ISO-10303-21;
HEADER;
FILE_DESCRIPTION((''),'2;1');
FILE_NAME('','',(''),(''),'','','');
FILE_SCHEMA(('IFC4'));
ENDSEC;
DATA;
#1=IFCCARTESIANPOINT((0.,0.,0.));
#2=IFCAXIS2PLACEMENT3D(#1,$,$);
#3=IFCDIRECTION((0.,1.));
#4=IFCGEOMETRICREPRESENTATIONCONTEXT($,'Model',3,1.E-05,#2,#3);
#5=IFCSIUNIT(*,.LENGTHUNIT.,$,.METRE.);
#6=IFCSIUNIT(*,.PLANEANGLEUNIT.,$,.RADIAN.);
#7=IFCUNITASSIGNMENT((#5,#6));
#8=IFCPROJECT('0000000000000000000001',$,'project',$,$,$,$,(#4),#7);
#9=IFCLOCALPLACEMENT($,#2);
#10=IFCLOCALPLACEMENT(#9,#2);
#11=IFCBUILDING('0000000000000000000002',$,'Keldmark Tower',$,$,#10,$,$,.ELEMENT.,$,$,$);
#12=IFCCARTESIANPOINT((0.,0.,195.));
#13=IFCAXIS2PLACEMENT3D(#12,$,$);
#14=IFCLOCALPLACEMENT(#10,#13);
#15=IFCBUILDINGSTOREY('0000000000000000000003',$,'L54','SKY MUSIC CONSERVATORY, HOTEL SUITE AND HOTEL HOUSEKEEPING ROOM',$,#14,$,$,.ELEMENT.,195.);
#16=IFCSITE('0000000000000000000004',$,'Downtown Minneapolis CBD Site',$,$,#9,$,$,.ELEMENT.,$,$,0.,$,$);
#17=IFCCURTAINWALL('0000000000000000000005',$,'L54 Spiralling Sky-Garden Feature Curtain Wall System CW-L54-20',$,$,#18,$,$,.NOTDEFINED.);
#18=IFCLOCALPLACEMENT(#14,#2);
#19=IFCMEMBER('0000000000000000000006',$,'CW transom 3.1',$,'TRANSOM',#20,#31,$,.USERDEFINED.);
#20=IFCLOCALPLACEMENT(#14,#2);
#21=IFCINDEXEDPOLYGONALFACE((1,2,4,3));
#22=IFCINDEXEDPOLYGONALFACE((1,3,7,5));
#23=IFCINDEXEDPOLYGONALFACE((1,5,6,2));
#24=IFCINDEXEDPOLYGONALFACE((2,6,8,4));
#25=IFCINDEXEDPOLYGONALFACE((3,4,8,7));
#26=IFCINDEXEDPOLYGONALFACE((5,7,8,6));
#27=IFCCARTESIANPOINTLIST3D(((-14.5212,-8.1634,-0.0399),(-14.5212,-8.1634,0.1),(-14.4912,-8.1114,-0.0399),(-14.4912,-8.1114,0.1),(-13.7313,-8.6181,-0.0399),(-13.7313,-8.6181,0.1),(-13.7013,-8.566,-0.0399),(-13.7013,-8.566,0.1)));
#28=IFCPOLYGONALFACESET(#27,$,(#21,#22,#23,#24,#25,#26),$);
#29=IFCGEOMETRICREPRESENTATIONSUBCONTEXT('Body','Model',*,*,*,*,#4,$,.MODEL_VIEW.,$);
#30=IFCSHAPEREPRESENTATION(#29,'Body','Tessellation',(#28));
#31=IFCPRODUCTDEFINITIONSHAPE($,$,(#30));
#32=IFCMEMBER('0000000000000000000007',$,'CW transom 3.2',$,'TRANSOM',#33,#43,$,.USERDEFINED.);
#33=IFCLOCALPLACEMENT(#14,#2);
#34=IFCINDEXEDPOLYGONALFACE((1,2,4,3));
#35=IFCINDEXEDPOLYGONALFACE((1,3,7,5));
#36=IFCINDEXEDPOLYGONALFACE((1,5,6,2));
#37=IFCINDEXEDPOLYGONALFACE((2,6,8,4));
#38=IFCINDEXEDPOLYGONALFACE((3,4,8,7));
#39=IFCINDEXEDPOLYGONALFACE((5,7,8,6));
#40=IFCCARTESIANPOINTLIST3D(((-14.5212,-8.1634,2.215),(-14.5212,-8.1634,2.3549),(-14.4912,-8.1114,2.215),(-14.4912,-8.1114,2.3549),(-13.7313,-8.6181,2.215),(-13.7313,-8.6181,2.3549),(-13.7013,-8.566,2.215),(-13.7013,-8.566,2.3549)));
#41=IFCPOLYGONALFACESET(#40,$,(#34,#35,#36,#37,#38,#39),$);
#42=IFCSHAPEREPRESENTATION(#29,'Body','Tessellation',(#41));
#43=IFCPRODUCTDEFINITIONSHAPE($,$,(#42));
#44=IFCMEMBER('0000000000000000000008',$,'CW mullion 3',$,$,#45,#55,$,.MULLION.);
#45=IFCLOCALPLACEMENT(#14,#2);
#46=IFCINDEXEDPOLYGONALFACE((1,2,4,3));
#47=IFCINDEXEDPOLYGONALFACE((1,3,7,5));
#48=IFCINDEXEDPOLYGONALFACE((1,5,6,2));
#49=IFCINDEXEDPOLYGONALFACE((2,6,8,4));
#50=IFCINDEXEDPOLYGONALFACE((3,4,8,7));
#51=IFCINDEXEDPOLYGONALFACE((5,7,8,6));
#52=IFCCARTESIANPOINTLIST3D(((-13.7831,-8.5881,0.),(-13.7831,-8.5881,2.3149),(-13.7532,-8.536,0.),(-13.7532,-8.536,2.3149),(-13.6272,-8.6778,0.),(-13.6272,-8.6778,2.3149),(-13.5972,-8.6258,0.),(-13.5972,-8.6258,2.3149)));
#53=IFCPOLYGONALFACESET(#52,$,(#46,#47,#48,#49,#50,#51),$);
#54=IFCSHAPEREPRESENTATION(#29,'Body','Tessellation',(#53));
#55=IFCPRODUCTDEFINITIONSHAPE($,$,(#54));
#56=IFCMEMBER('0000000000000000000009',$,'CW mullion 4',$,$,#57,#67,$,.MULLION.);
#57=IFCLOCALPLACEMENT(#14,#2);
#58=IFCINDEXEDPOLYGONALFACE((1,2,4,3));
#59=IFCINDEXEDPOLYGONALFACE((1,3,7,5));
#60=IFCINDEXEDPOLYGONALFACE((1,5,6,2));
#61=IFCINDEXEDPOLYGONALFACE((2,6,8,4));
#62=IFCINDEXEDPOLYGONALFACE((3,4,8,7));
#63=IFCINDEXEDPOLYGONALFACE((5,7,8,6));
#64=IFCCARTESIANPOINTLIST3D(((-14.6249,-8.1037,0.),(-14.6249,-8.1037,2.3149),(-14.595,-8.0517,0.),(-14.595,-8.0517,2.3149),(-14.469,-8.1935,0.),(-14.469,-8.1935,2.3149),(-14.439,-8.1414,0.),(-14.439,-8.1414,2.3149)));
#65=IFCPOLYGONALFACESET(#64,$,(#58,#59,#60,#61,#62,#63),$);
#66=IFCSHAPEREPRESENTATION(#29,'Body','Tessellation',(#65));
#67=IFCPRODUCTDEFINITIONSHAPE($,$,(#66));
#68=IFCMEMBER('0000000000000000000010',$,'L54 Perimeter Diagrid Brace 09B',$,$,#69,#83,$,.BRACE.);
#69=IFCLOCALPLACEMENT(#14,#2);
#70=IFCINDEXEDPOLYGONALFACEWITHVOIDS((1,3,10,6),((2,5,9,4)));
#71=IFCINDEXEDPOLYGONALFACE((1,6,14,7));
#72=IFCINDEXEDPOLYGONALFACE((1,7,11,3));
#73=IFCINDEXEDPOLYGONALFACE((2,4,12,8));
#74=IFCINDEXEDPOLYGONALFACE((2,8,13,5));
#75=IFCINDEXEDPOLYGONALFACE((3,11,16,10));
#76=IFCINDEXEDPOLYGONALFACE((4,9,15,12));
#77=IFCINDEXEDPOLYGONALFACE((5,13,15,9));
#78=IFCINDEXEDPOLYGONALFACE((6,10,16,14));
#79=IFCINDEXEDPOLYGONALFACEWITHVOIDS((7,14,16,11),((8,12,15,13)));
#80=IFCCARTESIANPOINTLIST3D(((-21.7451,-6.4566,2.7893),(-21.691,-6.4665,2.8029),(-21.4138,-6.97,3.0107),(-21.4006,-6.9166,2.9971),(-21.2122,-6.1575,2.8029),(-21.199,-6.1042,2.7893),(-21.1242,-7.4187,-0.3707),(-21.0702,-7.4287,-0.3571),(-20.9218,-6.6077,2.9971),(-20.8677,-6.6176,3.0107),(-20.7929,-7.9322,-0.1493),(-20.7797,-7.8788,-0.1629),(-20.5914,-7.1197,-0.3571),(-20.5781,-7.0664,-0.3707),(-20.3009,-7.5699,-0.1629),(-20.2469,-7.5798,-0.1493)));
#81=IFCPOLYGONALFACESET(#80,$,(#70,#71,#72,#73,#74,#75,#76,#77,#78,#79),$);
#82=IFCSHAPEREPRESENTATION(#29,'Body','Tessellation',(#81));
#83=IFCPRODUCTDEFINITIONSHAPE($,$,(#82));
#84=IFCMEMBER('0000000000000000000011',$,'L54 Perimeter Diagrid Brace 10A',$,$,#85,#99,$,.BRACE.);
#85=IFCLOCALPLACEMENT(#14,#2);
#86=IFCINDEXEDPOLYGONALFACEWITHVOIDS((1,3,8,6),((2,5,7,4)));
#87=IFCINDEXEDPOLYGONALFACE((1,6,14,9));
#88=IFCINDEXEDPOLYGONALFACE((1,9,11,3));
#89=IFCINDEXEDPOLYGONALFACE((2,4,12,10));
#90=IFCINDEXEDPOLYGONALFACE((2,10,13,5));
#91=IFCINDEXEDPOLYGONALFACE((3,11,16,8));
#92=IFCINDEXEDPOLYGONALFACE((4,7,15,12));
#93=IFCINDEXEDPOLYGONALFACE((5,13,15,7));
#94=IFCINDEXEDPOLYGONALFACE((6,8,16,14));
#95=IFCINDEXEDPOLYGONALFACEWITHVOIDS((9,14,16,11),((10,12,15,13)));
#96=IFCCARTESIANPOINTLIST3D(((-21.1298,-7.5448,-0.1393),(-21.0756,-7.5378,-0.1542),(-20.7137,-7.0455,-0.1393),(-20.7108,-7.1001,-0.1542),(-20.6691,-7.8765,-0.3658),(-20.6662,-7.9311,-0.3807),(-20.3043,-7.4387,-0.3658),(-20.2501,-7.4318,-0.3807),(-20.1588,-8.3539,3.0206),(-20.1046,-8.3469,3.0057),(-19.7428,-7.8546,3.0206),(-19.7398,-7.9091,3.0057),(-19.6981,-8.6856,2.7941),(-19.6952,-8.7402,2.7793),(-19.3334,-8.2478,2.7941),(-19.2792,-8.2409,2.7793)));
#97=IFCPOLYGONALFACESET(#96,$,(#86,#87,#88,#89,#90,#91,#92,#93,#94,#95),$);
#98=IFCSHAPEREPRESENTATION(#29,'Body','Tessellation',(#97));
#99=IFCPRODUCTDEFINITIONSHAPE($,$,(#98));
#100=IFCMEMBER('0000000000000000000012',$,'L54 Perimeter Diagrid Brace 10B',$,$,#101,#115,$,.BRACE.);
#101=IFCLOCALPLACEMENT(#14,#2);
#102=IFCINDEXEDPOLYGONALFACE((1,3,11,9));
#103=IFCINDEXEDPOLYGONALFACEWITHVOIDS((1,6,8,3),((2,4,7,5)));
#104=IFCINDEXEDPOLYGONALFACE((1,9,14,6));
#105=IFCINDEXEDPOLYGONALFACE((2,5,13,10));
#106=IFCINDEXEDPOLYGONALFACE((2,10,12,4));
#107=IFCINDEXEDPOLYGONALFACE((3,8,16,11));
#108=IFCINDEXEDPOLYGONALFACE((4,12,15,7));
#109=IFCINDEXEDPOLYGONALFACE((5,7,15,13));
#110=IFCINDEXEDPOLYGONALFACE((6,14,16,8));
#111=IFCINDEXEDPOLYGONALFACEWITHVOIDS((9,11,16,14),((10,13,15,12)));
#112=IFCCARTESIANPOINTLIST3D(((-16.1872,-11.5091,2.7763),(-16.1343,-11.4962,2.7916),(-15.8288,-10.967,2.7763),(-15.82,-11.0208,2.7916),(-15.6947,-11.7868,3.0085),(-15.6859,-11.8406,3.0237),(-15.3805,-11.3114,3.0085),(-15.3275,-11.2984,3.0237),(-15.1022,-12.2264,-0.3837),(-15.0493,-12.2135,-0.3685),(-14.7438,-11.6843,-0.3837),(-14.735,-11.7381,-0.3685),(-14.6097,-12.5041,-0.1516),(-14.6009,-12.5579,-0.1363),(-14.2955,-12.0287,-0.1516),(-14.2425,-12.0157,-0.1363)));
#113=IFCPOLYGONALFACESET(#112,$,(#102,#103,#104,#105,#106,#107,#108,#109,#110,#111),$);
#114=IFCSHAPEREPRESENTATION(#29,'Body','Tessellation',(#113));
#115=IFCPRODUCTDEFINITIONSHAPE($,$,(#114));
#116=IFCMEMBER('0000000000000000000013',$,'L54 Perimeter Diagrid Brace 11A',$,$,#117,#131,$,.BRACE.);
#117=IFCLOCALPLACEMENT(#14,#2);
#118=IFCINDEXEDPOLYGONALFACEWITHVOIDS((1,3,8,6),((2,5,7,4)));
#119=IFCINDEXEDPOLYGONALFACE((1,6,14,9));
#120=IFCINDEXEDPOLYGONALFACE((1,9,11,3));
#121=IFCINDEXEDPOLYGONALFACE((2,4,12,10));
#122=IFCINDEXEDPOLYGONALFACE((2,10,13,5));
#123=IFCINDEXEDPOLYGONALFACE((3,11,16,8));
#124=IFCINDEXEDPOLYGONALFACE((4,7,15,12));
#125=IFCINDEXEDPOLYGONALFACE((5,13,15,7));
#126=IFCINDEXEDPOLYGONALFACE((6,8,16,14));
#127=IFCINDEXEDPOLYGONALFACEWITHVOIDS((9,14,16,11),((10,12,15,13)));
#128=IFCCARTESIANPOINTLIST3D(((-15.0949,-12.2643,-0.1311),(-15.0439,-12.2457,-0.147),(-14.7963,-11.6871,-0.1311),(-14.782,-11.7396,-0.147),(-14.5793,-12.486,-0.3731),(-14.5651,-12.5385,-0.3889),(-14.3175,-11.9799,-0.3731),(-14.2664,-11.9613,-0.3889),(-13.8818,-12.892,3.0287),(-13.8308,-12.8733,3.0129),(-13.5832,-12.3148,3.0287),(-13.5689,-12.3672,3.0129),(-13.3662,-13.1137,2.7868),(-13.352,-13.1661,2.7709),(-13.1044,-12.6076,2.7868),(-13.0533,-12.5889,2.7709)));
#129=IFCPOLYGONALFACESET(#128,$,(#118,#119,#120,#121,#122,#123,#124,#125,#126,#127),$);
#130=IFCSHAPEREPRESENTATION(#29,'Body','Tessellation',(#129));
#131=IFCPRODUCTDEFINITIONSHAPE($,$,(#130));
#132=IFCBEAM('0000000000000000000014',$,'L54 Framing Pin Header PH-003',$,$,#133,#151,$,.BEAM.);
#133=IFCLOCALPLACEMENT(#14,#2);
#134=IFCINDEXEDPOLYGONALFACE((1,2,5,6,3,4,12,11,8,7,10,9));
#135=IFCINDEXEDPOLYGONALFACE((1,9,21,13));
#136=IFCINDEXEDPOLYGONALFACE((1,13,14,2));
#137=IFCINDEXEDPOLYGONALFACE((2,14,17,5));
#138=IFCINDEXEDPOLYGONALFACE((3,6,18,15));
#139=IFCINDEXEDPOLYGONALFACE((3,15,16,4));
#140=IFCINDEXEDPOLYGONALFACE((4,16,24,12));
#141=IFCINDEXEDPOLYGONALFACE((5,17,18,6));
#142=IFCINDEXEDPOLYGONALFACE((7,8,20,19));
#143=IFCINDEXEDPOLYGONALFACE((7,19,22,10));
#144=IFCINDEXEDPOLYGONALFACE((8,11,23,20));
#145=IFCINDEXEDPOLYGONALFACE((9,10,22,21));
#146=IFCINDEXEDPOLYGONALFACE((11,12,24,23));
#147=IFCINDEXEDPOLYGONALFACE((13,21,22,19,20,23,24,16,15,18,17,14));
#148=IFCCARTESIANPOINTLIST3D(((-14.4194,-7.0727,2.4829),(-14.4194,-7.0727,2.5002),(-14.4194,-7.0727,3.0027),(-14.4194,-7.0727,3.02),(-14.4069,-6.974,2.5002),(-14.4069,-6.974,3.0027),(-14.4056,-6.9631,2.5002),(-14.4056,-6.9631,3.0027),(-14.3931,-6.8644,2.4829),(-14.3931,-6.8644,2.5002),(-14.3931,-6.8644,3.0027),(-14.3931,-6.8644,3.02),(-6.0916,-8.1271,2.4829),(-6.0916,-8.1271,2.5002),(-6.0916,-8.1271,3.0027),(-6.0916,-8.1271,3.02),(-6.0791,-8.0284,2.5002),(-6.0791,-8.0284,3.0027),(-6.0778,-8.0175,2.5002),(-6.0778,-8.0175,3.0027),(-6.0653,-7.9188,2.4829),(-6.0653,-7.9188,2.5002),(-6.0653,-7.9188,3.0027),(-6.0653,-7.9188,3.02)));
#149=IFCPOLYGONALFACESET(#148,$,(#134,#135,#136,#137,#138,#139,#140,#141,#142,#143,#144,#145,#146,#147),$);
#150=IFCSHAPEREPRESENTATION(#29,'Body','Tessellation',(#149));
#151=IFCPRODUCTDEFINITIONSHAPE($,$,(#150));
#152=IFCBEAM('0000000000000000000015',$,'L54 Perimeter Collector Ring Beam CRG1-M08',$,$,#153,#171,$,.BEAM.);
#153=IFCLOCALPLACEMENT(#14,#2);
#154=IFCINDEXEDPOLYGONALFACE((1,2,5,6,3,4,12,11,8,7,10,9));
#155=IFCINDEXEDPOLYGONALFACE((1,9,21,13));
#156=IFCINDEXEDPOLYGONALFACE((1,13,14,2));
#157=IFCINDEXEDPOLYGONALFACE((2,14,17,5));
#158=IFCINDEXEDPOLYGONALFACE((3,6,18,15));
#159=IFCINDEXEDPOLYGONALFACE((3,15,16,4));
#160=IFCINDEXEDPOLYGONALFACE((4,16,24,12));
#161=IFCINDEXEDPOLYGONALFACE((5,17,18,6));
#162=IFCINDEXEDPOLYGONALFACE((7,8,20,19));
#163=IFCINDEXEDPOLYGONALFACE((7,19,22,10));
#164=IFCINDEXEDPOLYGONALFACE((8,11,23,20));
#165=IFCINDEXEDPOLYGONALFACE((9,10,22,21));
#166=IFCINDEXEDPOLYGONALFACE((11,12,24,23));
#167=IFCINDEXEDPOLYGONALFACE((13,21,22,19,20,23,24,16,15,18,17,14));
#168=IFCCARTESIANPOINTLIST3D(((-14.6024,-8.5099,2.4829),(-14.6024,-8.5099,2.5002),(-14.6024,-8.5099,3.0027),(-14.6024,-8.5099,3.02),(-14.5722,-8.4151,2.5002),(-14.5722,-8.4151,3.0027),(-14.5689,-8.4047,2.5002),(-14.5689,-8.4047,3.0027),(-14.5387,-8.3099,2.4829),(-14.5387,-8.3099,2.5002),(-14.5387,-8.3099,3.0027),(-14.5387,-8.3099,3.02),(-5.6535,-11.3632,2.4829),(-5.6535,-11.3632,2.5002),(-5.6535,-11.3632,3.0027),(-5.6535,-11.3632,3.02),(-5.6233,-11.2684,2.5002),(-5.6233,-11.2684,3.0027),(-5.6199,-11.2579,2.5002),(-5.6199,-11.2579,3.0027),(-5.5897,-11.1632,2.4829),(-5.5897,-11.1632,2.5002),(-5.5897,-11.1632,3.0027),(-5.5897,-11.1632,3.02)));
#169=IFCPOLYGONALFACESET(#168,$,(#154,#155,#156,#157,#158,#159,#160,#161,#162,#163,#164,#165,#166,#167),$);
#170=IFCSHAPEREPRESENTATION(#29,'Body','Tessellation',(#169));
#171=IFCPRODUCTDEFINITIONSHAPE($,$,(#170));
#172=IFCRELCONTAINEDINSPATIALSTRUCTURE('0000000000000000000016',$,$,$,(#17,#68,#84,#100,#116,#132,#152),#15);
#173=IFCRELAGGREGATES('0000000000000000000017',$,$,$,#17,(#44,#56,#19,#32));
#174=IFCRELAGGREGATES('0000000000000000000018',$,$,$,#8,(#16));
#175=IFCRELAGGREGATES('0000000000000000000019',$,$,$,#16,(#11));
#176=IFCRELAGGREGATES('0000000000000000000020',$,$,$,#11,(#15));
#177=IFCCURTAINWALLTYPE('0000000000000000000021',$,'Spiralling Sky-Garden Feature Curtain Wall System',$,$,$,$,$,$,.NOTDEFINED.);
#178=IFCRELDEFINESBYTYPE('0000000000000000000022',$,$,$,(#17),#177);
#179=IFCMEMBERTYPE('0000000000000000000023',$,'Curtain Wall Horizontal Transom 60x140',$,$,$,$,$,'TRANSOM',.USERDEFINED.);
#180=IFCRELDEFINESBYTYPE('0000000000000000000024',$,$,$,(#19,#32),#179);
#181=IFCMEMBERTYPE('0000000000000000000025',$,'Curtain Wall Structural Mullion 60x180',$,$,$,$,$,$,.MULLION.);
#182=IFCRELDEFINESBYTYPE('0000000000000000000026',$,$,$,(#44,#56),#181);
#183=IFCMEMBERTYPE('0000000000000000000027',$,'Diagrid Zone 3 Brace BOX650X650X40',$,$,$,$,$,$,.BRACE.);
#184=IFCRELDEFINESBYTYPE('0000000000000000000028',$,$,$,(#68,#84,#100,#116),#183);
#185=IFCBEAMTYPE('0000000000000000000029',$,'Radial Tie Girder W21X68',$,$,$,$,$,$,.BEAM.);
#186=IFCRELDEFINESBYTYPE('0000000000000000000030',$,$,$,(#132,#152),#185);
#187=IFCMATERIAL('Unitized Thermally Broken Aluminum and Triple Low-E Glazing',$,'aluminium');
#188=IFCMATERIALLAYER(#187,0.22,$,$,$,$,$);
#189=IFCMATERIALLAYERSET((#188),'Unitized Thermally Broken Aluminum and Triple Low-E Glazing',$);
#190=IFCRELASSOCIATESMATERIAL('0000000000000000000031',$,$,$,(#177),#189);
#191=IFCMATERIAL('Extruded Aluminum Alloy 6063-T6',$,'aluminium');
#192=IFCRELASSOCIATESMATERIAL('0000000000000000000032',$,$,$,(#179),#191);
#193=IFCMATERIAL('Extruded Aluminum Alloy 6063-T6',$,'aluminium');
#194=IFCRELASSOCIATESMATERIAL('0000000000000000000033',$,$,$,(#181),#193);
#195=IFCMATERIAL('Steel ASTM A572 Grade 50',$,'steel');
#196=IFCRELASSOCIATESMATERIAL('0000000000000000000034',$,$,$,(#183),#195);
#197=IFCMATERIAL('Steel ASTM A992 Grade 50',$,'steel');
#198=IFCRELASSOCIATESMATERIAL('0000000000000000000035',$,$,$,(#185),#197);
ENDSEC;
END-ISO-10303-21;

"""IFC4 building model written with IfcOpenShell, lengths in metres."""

from ifc_helpers import new_model, si_unit, direction, frame, origin, origin_2d, place, context, subcontext, project, spatial, rectangle, hollow_rectangle, i_section, extrude, material, layer, layer_set, material_profile, profile_set, type_object, element, aggregate, save


model = new_model("IFC4")

# Units and contexts
model_context = context("Model", 3, precision=1e-05, world=origin(), true_north=direction((0.0, 1.0)))
body_context = subcontext(model_context, "Body", "Model", "MODEL_VIEW")
ifc_project = project(units=[si_unit("LENGTHUNIT", "METRE"), si_unit("PLANEANGLEUNIT", "RADIAN")], contexts=[model_context])

# Site, building, storey
site_placement = place(None, origin())
site = spatial("IfcSite", under=ifc_project, at=site_placement, Name="Downtown Minneapolis CBD Site", CompositionType="ELEMENT", RefElevation=0.0)
building_placement = place(site_placement, origin())
building = spatial("IfcBuilding", under=site, at=building_placement, Name="Keldmark Tower", CompositionType="ELEMENT")
storey_placement = place(building_placement, frame((0.0, 0.0, 195.0)))
storey = spatial("IfcBuildingStorey", under=building, at=storey_placement, Name="L54", Description="SKY MUSIC CONSERVATORY, HOTEL SUITE AND HOTEL HOUSEKEEPING ROOM", CompositionType="ELEMENT", Elevation=195.0)

# Curtain wall, members
ifc_material_1 = material(Name="Unitized Thermally Broken Aluminum and Triple Low-E Glazing", Category="aluminium")
ifc_layer_1 = layer(ifc_material_1, 0.22)
ifc_layer_set_1 = layer_set([ifc_layer_1], Name="Unitized Thermally Broken Aluminum and Triple Low-E Glazing")
curtain_wall_type = type_object("IfcCurtainWallType", Name="Spiralling Sky-Garden Feature Curtain Wall System", PredefinedType="NOTDEFINED", material=ifc_layer_set_1)
curtain_wall_placement = place(storey_placement, origin())
curtain_wall = element("IfcCurtainWall", 1, at=curtain_wall_placement, inside=storey, type_object=curtain_wall_type, Name="L54 Spiralling Sky-Garden Feature Curtain Wall System CW-L54-20", PredefinedType="NOTDEFINED")
ifc_material_2 = material(Name="Extruded Aluminum Alloy 6063-T6", Category="aluminium")
ifc_material_profile_1 = material_profile(ifc_material_2, rectangle(XDim=0.0601, YDim=0.1399, at=origin_2d()), Name="CWT60X140")
ifc_profile_set_1 = profile_set([ifc_material_profile_1], Name="Extruded Aluminum Alloy 6063-T6")
member_type_1 = type_object("IfcMemberType", Name="Curtain Wall Horizontal Transom 60x140", ElementType="TRANSOM", PredefinedType="USERDEFINED", material=ifc_profile_set_1)
member_1_placement = place(storey_placement, frame((-13.7163, -8.592, 0.03), z_axis=(-0.866689, 0.498849, 0.0), x_axis=(-0.498849, -0.866689, 0.0)))
member_1 = element("IfcMember", 2, at=member_1_placement, type_object=member_type_1, Name="CW transom 3.1", ObjectType="TRANSOM", PredefinedType="USERDEFINED", context=body_context, shape_type="SweptSolid", body=[
    extrude(rectangle(XDim=0.0601, YDim=0.1399, at=origin_2d()), origin(), (0.0, 0.0, 1.0), 0.9114),
])
member_2_placement = place(storey_placement, frame((-13.7163, -8.592, 2.2849), z_axis=(-0.866689, 0.498849, 0.0), x_axis=(-0.498849, -0.866689, 0.0)))
member_2 = element("IfcMember", 3, at=member_2_placement, type_object=member_type_1, Name="CW transom 3.2", ObjectType="TRANSOM", PredefinedType="USERDEFINED", context=body_context, shape_type="SweptSolid", body=[
    extrude(rectangle(XDim=0.0601, YDim=0.1399, at=origin_2d()), origin(), (0.0, 0.0, 1.0), 0.9114),
])
ifc_material_3 = material(Name="Extruded Aluminum Alloy 6063-T6", Category="aluminium")
ifc_material_profile_2 = material_profile(ifc_material_3, rectangle(XDim=0.0601, YDim=0.1799, at=origin_2d()), Name="CWM60X180")
ifc_profile_set_2 = profile_set([ifc_material_profile_2], Name="Extruded Aluminum Alloy 6063-T6")
member_type_2 = type_object("IfcMemberType", Name="Curtain Wall Structural Mullion 60x180", PredefinedType="MULLION", material=ifc_profile_set_2)
member_3_placement = place(storey_placement, frame((-13.6902, -8.6069, 0.0), z_axis=(0.0, 0.0, 1.0), x_axis=(-0.498851, -0.866688, 0.0)))
member_3 = element("IfcMember", 4, at=member_3_placement, type_object=member_type_2, Name="CW mullion 3", PredefinedType="MULLION", context=body_context, shape_type="SweptSolid", body=[
    extrude(rectangle(XDim=0.0601, YDim=0.1799, at=origin_2d()), origin(), (0.0, 0.0, 1.0), 2.3149),
])
member_4_placement = place(storey_placement, frame((-14.532, -8.1226, 0.0), z_axis=(0.0, 0.0, 1.0), x_axis=(-0.498851, -0.866688, 0.0)))
member_4 = element("IfcMember", 5, at=member_4_placement, type_object=member_type_2, Name="CW mullion 4", PredefinedType="MULLION", context=body_context, shape_type="SweptSolid", body=[
    extrude(rectangle(XDim=0.0601, YDim=0.1799, at=origin_2d()), origin(), (0.0, 0.0, 1.0), 2.3149),
])

# Members
ifc_material_4 = material(Name="Steel ASTM A572 Grade 50", Category="steel")
ifc_material_profile_3 = material_profile(ifc_material_4, hollow_rectangle(XDim=0.6499, YDim=0.6499, WallThickness=0.04, at=origin_2d()), Name="BOX650X650X40")
ifc_profile_set_3 = profile_set([ifc_material_profile_3], Name="Steel ASTM A572 Grade 50")
member_type_3 = type_object("IfcMemberType", Name="Diagrid Zone 3 Brace BOX650X650X40", PredefinedType="BRACE", material=ifc_profile_set_3)
member_5_placement = place(storey_placement, frame((-20.6855, -7.4993, -0.26), z_axis=(-0.184722, 0.286272, 0.940173), x_axis=(-0.840256, -0.54219, 0.0)))
element("IfcMember", 6, at=member_5_placement, inside=storey, type_object=member_type_3, Name="L54 Perimeter Diagrid Brace 09B", PredefinedType="BRACE", context=body_context, shape_type="SweptSolid", body=[
    extrude(hollow_rectangle(XDim=0.6499, YDim=0.6499, WallThickness=0.04, at=origin_2d()), origin(), (0.0, 0.0, 1.0), 3.3611),
])
member_6_placement = place(storey_placement, frame((-20.6899, -7.4883, -0.26), z_axis=(0.285296, -0.237735, 0.928487), x_axis=(0.640165, 0.768237, 0.0)))
element("IfcMember", 7, at=member_6_placement, inside=storey, type_object=member_type_3, Name="L54 Perimeter Diagrid Brace 10A", PredefinedType="BRACE", context=body_context, shape_type="SweptSolid", body=[
    extrude(hollow_rectangle(XDim=0.6499, YDim=0.6499, WallThickness=0.04, at=origin_2d()), origin(), (0.0, 0.0, 1.0), 3.4033),
])
member_7_placement = place(storey_placement, frame((-14.6724, -12.1211, -0.26), z_axis=(-0.317508, 0.20991, 0.924731), x_axis=(-0.551491, -0.834181, 0.0)))
element("IfcMember", 8, at=member_7_placement, inside=storey, type_object=member_type_3, Name="L54 Perimeter Diagrid Brace 10B", PredefinedType="BRACE", context=body_context, shape_type="SweptSolid", body=[
    extrude(hollow_rectangle(XDim=0.6499, YDim=0.6499, WallThickness=0.04, at=origin_2d()), origin(), (0.0, 0.0, 1.0), 3.4172),
])
member_8_placement = place(storey_placement, frame((-14.6807, -12.1128, -0.26), z_axis=(0.3524, -0.182335, 0.917915), x_axis=(0.45954, 0.888157, 0.0)))
element("IfcMember", 9, at=member_8_placement, inside=storey, type_object=member_type_3, Name="L54 Perimeter Diagrid Brace 11A", PredefinedType="BRACE", context=body_context, shape_type="SweptSolid", body=[
    extrude(hollow_rectangle(XDim=0.6499, YDim=0.6499, WallThickness=0.04, at=origin_2d()), origin(), (0.0, 0.0, 1.0), 3.4424),
])

# Beams
ifc_material_5 = material(Name="Steel ASTM A992 Grade 50", Category="steel")
ifc_material_profile_4 = material_profile(ifc_material_5, i_section(OverallWidth=0.21, OverallDepth=0.5371, WebThickness=0.011, FlangeThickness=0.0173, at=origin_2d()), Name="W21X68")
ifc_profile_set_4 = profile_set([ifc_material_profile_4], Name="Steel ASTM A992 Grade 50")
beam_type_1 = type_object("IfcBeamType", Name="Radial Tie Girder W21X68", PredefinedType="BEAM", material=ifc_profile_set_4)
beam_1_placement = place(storey_placement, frame((-14.4062, -6.9685, 2.7515), z_axis=(0.992079, -0.125613, 0.0), x_axis=(0.125613, 0.992079, 0.0)))
element("IfcBeam", 10, at=beam_1_placement, inside=storey, type_object=beam_type_1, Name="L54 Framing Pin Header PH-003", PredefinedType="BEAM", context=body_context, shape_type="SweptSolid", body=[
    extrude(i_section(OverallWidth=0.21, OverallDepth=0.5371, WebThickness=0.011, FlangeThickness=0.0173, at=origin_2d()), origin(), (0.0, 0.0, 1.0), 8.3943),
])
beam_2_placement = place(storey_placement, frame((-14.5706, -8.4099, 2.7515), z_axis=(0.952745, -0.303771, 0.0), x_axis=(0.303771, 0.952745, 0.0)))
element("IfcBeam", 11, at=beam_2_placement, inside=storey, type_object=beam_type_1, Name="L54 Perimeter Collector Ring Beam CRG1-M08", PredefinedType="BEAM", context=body_context, shape_type="SweptSolid", body=[
    extrude(i_section(OverallWidth=0.21, OverallDepth=0.5371, WebThickness=0.011, FlangeThickness=0.0173, at=origin_2d()), origin(), (0.0, 0.0, 1.0), 9.3928),
])

aggregate(curtain_wall, [member_3, member_4, member_1, member_2])

save(model, "model.ifc")
